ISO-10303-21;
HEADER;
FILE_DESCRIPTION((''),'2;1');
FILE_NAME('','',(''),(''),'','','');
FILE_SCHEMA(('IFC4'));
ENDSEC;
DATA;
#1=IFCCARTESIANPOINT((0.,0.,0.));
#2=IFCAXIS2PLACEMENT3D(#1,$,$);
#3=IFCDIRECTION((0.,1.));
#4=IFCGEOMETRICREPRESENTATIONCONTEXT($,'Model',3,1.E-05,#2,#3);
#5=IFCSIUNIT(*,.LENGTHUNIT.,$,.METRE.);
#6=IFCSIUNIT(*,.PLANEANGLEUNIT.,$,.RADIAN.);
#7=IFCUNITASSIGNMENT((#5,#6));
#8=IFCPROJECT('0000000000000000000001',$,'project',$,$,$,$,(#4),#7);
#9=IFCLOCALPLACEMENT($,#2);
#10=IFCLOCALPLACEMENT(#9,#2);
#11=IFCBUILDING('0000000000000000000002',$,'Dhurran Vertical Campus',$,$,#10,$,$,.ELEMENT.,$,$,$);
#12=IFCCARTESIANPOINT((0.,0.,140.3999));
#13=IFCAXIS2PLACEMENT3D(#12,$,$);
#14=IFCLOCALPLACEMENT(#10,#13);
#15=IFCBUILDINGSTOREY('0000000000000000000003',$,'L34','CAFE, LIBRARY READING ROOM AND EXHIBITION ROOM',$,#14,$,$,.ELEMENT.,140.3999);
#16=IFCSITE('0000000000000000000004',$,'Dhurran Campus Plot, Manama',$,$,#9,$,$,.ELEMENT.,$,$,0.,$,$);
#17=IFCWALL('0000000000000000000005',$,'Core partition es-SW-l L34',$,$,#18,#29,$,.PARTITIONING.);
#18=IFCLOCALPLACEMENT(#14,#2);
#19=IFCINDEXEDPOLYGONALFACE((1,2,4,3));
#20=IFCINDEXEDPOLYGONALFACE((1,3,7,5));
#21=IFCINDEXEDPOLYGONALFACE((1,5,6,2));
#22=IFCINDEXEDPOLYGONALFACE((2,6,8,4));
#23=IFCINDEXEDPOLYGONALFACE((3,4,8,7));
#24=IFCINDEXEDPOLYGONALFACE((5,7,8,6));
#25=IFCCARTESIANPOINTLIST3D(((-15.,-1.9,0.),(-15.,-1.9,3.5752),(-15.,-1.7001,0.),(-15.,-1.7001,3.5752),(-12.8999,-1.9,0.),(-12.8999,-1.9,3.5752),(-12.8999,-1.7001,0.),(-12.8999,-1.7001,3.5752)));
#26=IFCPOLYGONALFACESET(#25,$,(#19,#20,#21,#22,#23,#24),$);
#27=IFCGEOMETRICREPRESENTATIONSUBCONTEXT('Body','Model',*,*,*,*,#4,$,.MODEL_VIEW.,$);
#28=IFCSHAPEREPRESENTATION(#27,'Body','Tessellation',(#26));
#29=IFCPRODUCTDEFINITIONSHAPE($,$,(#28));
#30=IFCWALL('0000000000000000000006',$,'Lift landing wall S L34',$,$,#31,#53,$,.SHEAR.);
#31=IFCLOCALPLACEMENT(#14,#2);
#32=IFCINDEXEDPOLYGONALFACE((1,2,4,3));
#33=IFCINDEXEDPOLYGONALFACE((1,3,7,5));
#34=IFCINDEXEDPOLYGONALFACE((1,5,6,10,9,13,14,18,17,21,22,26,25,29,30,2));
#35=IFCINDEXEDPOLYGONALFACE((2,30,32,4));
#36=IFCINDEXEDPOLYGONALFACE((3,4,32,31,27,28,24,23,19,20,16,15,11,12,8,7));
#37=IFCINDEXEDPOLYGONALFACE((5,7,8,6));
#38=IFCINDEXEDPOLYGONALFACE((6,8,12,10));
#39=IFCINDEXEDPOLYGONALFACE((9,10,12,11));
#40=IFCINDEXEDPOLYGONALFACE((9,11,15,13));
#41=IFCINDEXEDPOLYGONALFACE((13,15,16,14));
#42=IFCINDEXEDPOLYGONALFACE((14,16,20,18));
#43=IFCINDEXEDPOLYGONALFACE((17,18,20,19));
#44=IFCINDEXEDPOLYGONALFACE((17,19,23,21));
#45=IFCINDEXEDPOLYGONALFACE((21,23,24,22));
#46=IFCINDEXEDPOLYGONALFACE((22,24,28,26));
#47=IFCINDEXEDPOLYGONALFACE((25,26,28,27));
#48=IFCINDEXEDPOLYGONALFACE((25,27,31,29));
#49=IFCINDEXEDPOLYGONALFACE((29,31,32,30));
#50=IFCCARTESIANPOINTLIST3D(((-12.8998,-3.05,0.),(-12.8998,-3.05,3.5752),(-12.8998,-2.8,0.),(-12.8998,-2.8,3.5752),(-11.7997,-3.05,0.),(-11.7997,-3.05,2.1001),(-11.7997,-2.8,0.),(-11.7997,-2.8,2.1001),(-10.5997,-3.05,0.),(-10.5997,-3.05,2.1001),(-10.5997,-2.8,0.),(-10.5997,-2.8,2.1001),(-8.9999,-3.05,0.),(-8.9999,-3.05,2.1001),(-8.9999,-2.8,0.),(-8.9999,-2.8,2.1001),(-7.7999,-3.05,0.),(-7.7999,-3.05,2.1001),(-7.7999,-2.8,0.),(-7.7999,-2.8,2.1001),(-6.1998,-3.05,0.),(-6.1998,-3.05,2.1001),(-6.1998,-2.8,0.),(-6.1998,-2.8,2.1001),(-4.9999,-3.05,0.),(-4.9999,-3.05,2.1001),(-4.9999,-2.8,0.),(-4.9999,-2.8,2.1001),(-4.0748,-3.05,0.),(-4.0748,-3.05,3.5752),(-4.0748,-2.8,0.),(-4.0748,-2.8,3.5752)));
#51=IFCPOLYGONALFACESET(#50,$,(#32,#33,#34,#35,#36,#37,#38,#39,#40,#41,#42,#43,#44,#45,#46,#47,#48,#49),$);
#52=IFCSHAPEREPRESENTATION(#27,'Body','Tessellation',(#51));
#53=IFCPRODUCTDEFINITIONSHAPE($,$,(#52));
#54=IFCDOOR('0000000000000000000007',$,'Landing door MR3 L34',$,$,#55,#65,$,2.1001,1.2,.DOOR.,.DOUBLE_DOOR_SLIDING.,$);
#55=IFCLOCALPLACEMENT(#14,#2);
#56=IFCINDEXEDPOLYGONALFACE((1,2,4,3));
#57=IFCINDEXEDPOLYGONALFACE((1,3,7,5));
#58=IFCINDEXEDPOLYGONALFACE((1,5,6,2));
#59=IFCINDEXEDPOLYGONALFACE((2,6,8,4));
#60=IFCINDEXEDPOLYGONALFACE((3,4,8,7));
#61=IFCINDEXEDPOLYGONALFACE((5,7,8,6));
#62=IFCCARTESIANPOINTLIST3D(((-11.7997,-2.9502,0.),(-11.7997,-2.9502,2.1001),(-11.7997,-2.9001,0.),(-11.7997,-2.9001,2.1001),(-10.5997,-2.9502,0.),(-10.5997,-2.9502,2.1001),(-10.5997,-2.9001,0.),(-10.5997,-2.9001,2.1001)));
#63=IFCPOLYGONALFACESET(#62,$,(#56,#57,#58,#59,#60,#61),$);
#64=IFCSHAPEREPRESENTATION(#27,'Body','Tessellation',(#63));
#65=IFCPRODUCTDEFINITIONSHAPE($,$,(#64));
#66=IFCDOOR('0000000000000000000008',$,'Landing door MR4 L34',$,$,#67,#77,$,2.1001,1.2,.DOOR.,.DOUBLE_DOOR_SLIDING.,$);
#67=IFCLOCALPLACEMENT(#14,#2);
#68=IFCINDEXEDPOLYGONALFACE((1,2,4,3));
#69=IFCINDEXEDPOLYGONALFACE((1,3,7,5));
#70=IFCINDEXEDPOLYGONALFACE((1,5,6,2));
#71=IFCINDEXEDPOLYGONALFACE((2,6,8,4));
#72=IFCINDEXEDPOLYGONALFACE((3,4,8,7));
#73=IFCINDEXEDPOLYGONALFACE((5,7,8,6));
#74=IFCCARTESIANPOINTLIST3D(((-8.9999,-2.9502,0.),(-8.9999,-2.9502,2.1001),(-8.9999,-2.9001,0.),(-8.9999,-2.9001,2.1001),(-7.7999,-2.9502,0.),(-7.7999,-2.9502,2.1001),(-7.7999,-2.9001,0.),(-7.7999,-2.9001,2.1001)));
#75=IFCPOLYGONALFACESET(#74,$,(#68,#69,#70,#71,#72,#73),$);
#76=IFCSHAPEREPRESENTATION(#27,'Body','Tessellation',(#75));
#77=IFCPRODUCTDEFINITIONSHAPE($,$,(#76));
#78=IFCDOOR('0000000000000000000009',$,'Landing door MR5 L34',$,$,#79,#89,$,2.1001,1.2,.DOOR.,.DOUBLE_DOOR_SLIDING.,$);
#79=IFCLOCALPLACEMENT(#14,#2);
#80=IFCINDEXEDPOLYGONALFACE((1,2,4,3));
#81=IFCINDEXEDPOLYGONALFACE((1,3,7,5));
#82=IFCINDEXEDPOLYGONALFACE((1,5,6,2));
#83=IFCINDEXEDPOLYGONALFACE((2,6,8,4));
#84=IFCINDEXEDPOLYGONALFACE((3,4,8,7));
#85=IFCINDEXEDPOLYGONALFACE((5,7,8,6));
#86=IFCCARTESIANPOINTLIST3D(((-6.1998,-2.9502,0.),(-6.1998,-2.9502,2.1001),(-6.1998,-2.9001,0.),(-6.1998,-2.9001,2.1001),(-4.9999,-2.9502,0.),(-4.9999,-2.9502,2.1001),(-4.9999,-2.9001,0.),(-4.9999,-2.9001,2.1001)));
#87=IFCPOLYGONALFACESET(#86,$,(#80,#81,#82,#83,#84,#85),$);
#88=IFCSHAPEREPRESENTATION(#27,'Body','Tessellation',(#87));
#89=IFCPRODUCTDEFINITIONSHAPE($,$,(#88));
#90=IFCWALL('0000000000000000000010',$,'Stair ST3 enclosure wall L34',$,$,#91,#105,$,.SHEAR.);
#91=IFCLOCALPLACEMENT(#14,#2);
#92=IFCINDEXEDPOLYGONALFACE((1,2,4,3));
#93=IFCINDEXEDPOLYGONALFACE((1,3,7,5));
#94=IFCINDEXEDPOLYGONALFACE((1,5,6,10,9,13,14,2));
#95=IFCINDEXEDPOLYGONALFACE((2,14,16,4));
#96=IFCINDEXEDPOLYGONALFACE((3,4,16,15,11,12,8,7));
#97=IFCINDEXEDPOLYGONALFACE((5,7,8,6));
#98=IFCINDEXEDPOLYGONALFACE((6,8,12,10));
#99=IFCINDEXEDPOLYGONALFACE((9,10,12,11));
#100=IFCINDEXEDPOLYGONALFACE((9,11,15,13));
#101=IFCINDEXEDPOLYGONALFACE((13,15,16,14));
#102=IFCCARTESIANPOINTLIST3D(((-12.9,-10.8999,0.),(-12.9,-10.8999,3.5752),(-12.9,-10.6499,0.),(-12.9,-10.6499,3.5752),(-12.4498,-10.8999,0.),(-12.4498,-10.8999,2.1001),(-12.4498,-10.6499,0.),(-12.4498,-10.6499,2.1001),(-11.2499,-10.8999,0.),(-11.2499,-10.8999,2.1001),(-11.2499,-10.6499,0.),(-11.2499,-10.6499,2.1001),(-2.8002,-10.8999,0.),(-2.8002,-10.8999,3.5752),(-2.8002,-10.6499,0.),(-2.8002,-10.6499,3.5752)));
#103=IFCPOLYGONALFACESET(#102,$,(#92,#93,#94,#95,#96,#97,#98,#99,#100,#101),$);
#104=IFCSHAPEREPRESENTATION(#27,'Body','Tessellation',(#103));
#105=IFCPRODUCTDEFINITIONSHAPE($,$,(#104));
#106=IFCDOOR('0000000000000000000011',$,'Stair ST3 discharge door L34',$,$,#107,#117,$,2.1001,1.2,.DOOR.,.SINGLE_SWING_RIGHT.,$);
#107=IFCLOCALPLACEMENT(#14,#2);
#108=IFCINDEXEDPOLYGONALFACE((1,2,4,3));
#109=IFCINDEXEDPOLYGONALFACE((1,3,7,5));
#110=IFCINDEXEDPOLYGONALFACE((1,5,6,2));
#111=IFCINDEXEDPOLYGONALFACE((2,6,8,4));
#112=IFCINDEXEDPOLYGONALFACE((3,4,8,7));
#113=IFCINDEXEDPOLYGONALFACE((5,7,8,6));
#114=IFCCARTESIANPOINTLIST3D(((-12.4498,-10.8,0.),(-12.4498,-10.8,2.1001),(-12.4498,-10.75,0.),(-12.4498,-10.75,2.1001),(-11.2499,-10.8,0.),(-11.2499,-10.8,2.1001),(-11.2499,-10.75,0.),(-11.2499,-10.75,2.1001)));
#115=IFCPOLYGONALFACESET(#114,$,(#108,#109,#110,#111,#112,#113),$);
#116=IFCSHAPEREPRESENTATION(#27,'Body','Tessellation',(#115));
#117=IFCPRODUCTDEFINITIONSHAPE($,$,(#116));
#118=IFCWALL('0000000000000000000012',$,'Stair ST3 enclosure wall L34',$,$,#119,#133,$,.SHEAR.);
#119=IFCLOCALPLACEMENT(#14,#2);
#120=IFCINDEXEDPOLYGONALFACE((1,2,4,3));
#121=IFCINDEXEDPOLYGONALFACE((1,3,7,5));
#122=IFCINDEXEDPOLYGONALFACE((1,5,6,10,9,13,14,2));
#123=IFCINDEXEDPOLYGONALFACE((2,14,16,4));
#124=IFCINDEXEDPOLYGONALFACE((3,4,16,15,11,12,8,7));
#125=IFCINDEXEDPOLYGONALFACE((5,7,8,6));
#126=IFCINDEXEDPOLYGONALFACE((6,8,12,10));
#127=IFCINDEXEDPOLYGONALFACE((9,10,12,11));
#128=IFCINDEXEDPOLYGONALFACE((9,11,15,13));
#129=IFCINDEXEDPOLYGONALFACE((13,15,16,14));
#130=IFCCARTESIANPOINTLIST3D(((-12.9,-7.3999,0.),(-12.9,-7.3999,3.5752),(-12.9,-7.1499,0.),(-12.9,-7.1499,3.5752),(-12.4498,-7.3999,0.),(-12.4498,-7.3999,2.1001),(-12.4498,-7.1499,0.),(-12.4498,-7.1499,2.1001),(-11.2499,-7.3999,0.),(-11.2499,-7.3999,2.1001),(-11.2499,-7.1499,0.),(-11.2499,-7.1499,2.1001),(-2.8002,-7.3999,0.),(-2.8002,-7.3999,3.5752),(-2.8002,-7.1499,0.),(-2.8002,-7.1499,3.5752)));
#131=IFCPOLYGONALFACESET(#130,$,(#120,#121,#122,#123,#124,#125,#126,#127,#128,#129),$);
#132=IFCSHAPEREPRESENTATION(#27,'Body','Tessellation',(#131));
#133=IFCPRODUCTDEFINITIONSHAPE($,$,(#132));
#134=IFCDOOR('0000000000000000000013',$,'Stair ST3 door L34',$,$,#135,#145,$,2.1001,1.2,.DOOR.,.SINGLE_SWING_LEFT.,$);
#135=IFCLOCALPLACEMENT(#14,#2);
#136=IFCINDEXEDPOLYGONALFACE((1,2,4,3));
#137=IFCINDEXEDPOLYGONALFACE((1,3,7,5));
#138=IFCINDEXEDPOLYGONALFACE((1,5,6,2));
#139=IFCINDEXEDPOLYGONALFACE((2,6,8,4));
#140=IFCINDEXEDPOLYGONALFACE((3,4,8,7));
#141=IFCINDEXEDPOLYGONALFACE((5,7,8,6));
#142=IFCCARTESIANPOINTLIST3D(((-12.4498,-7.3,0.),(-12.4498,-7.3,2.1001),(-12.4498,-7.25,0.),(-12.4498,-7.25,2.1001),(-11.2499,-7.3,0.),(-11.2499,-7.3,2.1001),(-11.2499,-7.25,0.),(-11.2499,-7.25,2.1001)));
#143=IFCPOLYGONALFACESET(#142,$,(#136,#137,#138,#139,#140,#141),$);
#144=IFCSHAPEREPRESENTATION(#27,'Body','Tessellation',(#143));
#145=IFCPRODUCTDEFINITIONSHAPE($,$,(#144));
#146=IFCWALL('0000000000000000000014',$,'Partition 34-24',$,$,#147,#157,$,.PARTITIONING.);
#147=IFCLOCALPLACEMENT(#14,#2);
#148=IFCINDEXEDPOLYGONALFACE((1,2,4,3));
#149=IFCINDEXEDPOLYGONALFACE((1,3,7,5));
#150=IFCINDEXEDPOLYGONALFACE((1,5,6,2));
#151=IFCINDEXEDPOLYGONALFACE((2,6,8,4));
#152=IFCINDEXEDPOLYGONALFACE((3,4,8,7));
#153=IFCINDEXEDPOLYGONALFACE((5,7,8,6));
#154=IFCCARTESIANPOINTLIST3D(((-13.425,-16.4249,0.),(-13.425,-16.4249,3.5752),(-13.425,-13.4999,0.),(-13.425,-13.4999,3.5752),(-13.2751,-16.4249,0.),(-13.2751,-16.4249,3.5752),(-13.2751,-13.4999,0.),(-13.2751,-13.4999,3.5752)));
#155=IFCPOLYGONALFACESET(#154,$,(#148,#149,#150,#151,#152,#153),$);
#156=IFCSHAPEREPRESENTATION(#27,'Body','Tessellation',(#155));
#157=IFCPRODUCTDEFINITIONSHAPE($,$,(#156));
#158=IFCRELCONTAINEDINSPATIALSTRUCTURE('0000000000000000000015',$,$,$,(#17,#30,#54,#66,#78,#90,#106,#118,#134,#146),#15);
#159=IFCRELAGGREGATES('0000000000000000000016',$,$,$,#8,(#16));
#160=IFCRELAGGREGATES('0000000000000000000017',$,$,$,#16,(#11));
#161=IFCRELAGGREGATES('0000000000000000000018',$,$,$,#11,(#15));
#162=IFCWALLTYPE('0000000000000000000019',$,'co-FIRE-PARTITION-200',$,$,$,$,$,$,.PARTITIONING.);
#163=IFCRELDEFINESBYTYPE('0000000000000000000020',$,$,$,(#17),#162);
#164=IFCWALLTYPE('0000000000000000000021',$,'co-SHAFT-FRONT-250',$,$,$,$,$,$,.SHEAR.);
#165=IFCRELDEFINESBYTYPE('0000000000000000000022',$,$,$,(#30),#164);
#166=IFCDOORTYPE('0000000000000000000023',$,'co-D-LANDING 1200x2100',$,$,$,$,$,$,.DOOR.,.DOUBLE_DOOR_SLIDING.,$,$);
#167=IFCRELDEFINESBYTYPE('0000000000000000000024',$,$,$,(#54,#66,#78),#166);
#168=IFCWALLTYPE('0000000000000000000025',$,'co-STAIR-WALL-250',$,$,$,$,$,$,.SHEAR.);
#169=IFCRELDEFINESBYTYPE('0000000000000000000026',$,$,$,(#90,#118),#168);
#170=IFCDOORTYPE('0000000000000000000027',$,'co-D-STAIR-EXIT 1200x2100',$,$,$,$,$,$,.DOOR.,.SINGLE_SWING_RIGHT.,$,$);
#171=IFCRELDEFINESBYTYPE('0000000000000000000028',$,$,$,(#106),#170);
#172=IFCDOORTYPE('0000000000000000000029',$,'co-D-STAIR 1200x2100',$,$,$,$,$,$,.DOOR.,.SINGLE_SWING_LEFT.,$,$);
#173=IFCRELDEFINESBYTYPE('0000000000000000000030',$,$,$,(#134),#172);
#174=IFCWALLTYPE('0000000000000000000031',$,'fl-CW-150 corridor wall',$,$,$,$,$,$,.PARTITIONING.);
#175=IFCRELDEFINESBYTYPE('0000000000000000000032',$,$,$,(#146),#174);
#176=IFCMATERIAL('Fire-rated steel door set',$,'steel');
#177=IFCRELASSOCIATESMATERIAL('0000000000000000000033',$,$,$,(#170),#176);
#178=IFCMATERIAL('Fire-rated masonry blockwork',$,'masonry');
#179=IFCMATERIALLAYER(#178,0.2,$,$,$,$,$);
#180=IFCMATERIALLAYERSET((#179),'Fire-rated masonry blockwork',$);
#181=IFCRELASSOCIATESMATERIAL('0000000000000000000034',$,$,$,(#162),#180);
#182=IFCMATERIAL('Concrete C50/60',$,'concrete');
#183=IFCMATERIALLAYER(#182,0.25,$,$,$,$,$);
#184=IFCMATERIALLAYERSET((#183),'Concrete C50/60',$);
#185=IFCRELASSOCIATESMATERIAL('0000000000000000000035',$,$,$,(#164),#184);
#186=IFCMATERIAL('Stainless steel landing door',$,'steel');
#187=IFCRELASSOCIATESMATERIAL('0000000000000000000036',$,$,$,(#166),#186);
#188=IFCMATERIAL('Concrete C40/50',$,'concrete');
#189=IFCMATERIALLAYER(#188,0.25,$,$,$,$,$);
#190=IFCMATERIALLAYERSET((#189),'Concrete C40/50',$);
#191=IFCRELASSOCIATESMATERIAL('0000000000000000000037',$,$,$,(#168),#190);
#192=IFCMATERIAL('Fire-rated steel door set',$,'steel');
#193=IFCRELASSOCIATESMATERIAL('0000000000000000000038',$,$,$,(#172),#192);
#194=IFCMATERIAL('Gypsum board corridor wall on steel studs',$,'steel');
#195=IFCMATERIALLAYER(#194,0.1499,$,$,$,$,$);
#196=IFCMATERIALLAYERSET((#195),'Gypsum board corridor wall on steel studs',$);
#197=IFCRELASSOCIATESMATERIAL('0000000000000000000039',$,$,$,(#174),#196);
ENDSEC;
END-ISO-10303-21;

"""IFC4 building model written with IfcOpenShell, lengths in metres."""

from ifc_helpers import new_model, si_unit, direction, frame, frame_2d, origin, place, context, subcontext, project, spatial, rectangle, extrude, material, layer, layer_set, type_object, element, fill, save


model = new_model("IFC4")

# Units and contexts
model_context = context("Model", 3, precision=1e-05, world=origin(), true_north=direction((0.0, 1.0)))
body_context = subcontext(model_context, "Body", "Model", "MODEL_VIEW")
ifc_project = project(units=[si_unit("LENGTHUNIT", "METRE"), si_unit("PLANEANGLEUNIT", "RADIAN")], contexts=[model_context])

# Site, building, storey
site_placement = place(None, origin())
site = spatial("IfcSite", under=ifc_project, at=site_placement, Name="Dhurran Campus Plot, Manama", CompositionType="ELEMENT", RefElevation=0.0)
building_placement = place(site_placement, origin())
building = spatial("IfcBuilding", under=site, at=building_placement, Name="Dhurran Vertical Campus", CompositionType="ELEMENT")
storey_placement = place(building_placement, frame((0.0, 0.0, 140.3999)))
storey = spatial("IfcBuildingStorey", under=building, at=storey_placement, Name="L34", Description="CAFE, LIBRARY READING ROOM AND EXHIBITION ROOM", CompositionType="ELEMENT", Elevation=140.3999)

# Shared definitions
ifc_material_1 = material(Name="Fire-rated steel door set", Category="steel")
door_type_1 = type_object("IfcDoorType", Name="co-D-STAIR-EXIT 1200x2100", OperationType="SINGLE_SWING_RIGHT", PredefinedType="DOOR", material=ifc_material_1)

# Shared definitions
ifc_material_2 = material(Name="Fire-rated masonry blockwork", Category="masonry")
ifc_layer_1 = layer(ifc_material_2, 0.2)
ifc_layer_set_1 = layer_set([ifc_layer_1], Name="Fire-rated masonry blockwork")
wall_type_1 = type_object("IfcWallType", Name="co-FIRE-PARTITION-200", PredefinedType="PARTITIONING", material=ifc_layer_set_1)

# Wall
wall_1_placement = place(storey_placement, frame((-15.0, -1.8, 0.0), z_axis=(0.0, 0.0, 1.0), x_axis=(1.0, 0.0, 0.0)))
element("IfcWall", 1, at=wall_1_placement, inside=storey, type_object=wall_type_1, Name="Core partition es-SW-l L34", PredefinedType="PARTITIONING", context=body_context, shape_type="SweptSolid", body=[
    extrude(rectangle(XDim=2.1001, YDim=0.2, at=frame_2d((1.05, 0.0))), origin(), (0.0, 0.0, 1.0), 3.5752),
])

# Wall, openings, doors
ifc_material_3 = material(Name="Concrete C50/60", Category="concrete")
ifc_layer_2 = layer(ifc_material_3, 0.25)
ifc_layer_set_2 = layer_set([ifc_layer_2], Name="Concrete C50/60")
wall_type_2 = type_object("IfcWallType", Name="co-SHAFT-FRONT-250", PredefinedType="SHEAR", material=ifc_layer_set_2)
wall_2_placement = place(storey_placement, frame((-12.8999, -2.925, 0.0), z_axis=(0.0, 0.0, 1.0), x_axis=(1.0, 0.0, 0.0)))
wall_2 = element("IfcWall", 2, at=wall_2_placement, inside=storey, type_object=wall_type_2, Name="Lift landing wall S L34", PredefinedType="SHEAR", context=body_context, shape_type="SweptSolid", body=[
    extrude(rectangle(XDim=8.825, YDim=0.25, at=frame_2d((4.4126, 0.0))), origin(), (0.0, 0.0, 1.0), 3.5752),
])
opening_1_placement = place(wall_2_placement, frame((1.1001, 0.0, 0.0)))
opening_1 = element("IfcOpeningElement", 3, at=opening_1_placement, cuts=wall_2, PredefinedType="OPENING", context=body_context, shape_type="SweptSolid", body=[
    extrude(rectangle(XDim=1.2, YDim=2.1001, at=frame_2d((0.6001, 1.05))), frame((0.0, 0.135, 0.0), z_axis=(0.0, -1.0, 0.0), x_axis=(1.0, 0.0, 0.0)), (0.0, 0.0, 1.0), 0.27),
])
opening_2_placement = place(wall_2_placement, frame((3.8999, 0.0, 0.0)))
opening_2 = element("IfcOpeningElement", 4, at=opening_2_placement, cuts=wall_2, PredefinedType="OPENING", context=body_context, shape_type="SweptSolid", body=[
    extrude(rectangle(XDim=1.2, YDim=2.1001, at=frame_2d((0.6001, 1.05))), frame((0.0, 0.135, 0.0), z_axis=(0.0, -1.0, 0.0), x_axis=(1.0, 0.0, 0.0)), (0.0, 0.0, 1.0), 0.27),
])
opening_3_placement = place(wall_2_placement, frame((6.7, 0.0, 0.0)))
opening_3 = element("IfcOpeningElement", 5, at=opening_3_placement, cuts=wall_2, PredefinedType="OPENING", context=body_context, shape_type="SweptSolid", body=[
    extrude(rectangle(XDim=1.2, YDim=2.1001, at=frame_2d((0.6001, 1.05))), frame((0.0, 0.135, 0.0), z_axis=(0.0, -1.0, 0.0), x_axis=(1.0, 0.0, 0.0)), (0.0, 0.0, 1.0), 0.27),
])
ifc_material_4 = material(Name="Stainless steel landing door", Category="steel")
door_type_2 = type_object("IfcDoorType", Name="co-D-LANDING 1200x2100", OperationType="DOUBLE_DOOR_SLIDING", PredefinedType="DOOR", material=ifc_material_4)
door_1_placement = place(opening_1_placement, origin())
door_1 = element("IfcDoor", 6, at=door_1_placement, inside=storey, type_object=door_type_2, Name="Landing door MR3 L34", OperationType="DOUBLE_DOOR_SLIDING", OverallHeight=2.1001, OverallWidth=1.2, PredefinedType="DOOR", context=body_context, shape_type="SweptSolid", body=[
    extrude(rectangle(XDim=1.2, YDim=2.1001, at=frame_2d((0.6001, 1.05))), frame((0.0, 0.0249, 0.0), z_axis=(0.0, -1.0, 0.0), x_axis=(1.0, 0.0, 0.0)), (0.0, 0.0, 1.0), 0.05),
])
fill(opening_1, door_1)
door_2_placement = place(opening_2_placement, origin())
door_2 = element("IfcDoor", 7, at=door_2_placement, inside=storey, type_object=door_type_2, Name="Landing door MR4 L34", OperationType="DOUBLE_DOOR_SLIDING", OverallHeight=2.1001, OverallWidth=1.2, PredefinedType="DOOR", context=body_context, shape_type="SweptSolid", body=[
    extrude(rectangle(XDim=1.2, YDim=2.1001, at=frame_2d((0.6001, 1.05))), frame((0.0, 0.0249, 0.0), z_axis=(0.0, -1.0, 0.0), x_axis=(1.0, 0.0, 0.0)), (0.0, 0.0, 1.0), 0.05),
])
fill(opening_2, door_2)
door_3_placement = place(opening_3_placement, origin())
door_3 = element("IfcDoor", 8, at=door_3_placement, inside=storey, type_object=door_type_2, Name="Landing door MR5 L34", OperationType="DOUBLE_DOOR_SLIDING", OverallHeight=2.1001, OverallWidth=1.2, PredefinedType="DOOR", context=body_context, shape_type="SweptSolid", body=[
    extrude(rectangle(XDim=1.2, YDim=2.1001, at=frame_2d((0.6001, 1.05))), frame((0.0, 0.0249, 0.0), z_axis=(0.0, -1.0, 0.0), x_axis=(1.0, 0.0, 0.0)), (0.0, 0.0, 1.0), 0.05),
])
fill(opening_3, door_3)

# Walls, openings, doors
ifc_material_5 = material(Name="Concrete C40/50", Category="concrete")
ifc_layer_3 = layer(ifc_material_5, 0.25)
ifc_layer_set_3 = layer_set([ifc_layer_3], Name="Concrete C40/50")
wall_type_3 = type_object("IfcWallType", Name="co-STAIR-WALL-250", PredefinedType="SHEAR", material=ifc_layer_set_3)
wall_3_placement = place(storey_placement, frame((-12.8999, -10.7749, 0.0), z_axis=(0.0, 0.0, 1.0), x_axis=(1.0, 0.0, 0.0)))
wall_3 = element("IfcWall", 9, at=wall_3_placement, inside=storey, type_object=wall_type_3, Name="Stair ST3 enclosure wall L34", PredefinedType="SHEAR", context=body_context, shape_type="SweptSolid", body=[
    extrude(rectangle(XDim=10.0999, YDim=0.25, at=frame_2d((5.0498, 0.0))), origin(), (0.0, 0.0, 1.0), 3.5752),
])
opening_4_placement = place(wall_3_placement, frame((0.45, 0.0, 0.0)))
opening_4 = element("IfcOpeningElement", 10, at=opening_4_placement, cuts=wall_3, PredefinedType="OPENING", context=body_context, shape_type="SweptSolid", body=[
    extrude(rectangle(XDim=1.2, YDim=2.1001, at=frame_2d((0.6001, 1.05))), frame((0.0, 0.135, 0.0), z_axis=(0.0, -1.0, 0.0), x_axis=(1.0, 0.0, 0.0)), (0.0, 0.0, 1.0), 0.27),
])
door_4_placement = place(opening_4_placement, origin())
door_4 = element("IfcDoor", 11, at=door_4_placement, inside=storey, type_object=door_type_1, Name="Stair ST3 discharge door L34", OperationType="SINGLE_SWING_RIGHT", OverallHeight=2.1001, OverallWidth=1.2, PredefinedType="DOOR", context=body_context, shape_type="SweptSolid", body=[
    extrude(rectangle(XDim=1.2, YDim=2.1001, at=frame_2d((0.6001, 1.05))), frame((0.0, 0.0249, 0.0), z_axis=(0.0, -1.0, 0.0), x_axis=(1.0, 0.0, 0.0)), (0.0, 0.0, 1.0), 0.05),
])
fill(opening_4, door_4)
wall_4_placement = place(storey_placement, frame((-12.8999, -7.2749, 0.0), z_axis=(0.0, 0.0, 1.0), x_axis=(1.0, 0.0, 0.0)))
wall_4 = element("IfcWall", 12, at=wall_4_placement, inside=storey, type_object=wall_type_3, Name="Stair ST3 enclosure wall L34", PredefinedType="SHEAR", context=body_context, shape_type="SweptSolid", body=[
    extrude(rectangle(XDim=10.0999, YDim=0.25, at=frame_2d((5.0498, 0.0))), origin(), (0.0, 0.0, 1.0), 3.5752),
])
opening_5_placement = place(wall_4_placement, frame((0.45, 0.0, 0.0)))
opening_5 = element("IfcOpeningElement", 13, at=opening_5_placement, cuts=wall_4, PredefinedType="OPENING", context=body_context, shape_type="SweptSolid", body=[
    extrude(rectangle(XDim=1.2, YDim=2.1001, at=frame_2d((0.6001, 1.05))), frame((0.0, 0.135, 0.0), z_axis=(0.0, -1.0, 0.0), x_axis=(1.0, 0.0, 0.0)), (0.0, 0.0, 1.0), 0.27),
])
ifc_material_6 = material(Name="Fire-rated steel door set", Category="steel")
door_type_3 = type_object("IfcDoorType", Name="co-D-STAIR 1200x2100", OperationType="SINGLE_SWING_LEFT", PredefinedType="DOOR", material=ifc_material_6)
door_5_placement = place(opening_5_placement, origin())
door_5 = element("IfcDoor", 14, at=door_5_placement, inside=storey, type_object=door_type_3, Name="Stair ST3 door L34", OperationType="SINGLE_SWING_LEFT", OverallHeight=2.1001, OverallWidth=1.2, PredefinedType="DOOR", context=body_context, shape_type="SweptSolid", body=[
    extrude(rectangle(XDim=1.2, YDim=2.1001, at=frame_2d((0.6001, 1.05))), frame((0.0, 0.0249, 0.0), z_axis=(0.0, -1.0, 0.0), x_axis=(1.0, 0.0, 0.0)), (0.0, 0.0, 1.0), 0.05),
])
fill(opening_5, door_5)

# Wall
ifc_material_7 = material(Name="Gypsum board corridor wall on steel studs", Category="steel")
ifc_layer_4 = layer(ifc_material_7, 0.1499)
ifc_layer_set_4 = layer_set([ifc_layer_4], Name="Gypsum board corridor wall on steel studs")
wall_type_4 = type_object("IfcWallType", Name="fl-CW-150 corridor wall", PredefinedType="PARTITIONING", material=ifc_layer_set_4)
wall_5_placement = place(storey_placement, frame((-13.3501, -13.5, 0.0), z_axis=(0.0, 0.0, 1.0), x_axis=(0.0, -1.0, 0.0)))
element("IfcWall", 15, at=wall_5_placement, inside=storey, type_object=wall_type_4, Name="Partition 34-24", PredefinedType="PARTITIONING", context=body_context, shape_type="SweptSolid", body=[
    extrude(rectangle(XDim=2.925, YDim=0.1499, at=frame_2d((1.4624, 0.0))), origin(), (0.0, 0.0, 1.0), 3.5752),
])

save(model, "model.ifc")
